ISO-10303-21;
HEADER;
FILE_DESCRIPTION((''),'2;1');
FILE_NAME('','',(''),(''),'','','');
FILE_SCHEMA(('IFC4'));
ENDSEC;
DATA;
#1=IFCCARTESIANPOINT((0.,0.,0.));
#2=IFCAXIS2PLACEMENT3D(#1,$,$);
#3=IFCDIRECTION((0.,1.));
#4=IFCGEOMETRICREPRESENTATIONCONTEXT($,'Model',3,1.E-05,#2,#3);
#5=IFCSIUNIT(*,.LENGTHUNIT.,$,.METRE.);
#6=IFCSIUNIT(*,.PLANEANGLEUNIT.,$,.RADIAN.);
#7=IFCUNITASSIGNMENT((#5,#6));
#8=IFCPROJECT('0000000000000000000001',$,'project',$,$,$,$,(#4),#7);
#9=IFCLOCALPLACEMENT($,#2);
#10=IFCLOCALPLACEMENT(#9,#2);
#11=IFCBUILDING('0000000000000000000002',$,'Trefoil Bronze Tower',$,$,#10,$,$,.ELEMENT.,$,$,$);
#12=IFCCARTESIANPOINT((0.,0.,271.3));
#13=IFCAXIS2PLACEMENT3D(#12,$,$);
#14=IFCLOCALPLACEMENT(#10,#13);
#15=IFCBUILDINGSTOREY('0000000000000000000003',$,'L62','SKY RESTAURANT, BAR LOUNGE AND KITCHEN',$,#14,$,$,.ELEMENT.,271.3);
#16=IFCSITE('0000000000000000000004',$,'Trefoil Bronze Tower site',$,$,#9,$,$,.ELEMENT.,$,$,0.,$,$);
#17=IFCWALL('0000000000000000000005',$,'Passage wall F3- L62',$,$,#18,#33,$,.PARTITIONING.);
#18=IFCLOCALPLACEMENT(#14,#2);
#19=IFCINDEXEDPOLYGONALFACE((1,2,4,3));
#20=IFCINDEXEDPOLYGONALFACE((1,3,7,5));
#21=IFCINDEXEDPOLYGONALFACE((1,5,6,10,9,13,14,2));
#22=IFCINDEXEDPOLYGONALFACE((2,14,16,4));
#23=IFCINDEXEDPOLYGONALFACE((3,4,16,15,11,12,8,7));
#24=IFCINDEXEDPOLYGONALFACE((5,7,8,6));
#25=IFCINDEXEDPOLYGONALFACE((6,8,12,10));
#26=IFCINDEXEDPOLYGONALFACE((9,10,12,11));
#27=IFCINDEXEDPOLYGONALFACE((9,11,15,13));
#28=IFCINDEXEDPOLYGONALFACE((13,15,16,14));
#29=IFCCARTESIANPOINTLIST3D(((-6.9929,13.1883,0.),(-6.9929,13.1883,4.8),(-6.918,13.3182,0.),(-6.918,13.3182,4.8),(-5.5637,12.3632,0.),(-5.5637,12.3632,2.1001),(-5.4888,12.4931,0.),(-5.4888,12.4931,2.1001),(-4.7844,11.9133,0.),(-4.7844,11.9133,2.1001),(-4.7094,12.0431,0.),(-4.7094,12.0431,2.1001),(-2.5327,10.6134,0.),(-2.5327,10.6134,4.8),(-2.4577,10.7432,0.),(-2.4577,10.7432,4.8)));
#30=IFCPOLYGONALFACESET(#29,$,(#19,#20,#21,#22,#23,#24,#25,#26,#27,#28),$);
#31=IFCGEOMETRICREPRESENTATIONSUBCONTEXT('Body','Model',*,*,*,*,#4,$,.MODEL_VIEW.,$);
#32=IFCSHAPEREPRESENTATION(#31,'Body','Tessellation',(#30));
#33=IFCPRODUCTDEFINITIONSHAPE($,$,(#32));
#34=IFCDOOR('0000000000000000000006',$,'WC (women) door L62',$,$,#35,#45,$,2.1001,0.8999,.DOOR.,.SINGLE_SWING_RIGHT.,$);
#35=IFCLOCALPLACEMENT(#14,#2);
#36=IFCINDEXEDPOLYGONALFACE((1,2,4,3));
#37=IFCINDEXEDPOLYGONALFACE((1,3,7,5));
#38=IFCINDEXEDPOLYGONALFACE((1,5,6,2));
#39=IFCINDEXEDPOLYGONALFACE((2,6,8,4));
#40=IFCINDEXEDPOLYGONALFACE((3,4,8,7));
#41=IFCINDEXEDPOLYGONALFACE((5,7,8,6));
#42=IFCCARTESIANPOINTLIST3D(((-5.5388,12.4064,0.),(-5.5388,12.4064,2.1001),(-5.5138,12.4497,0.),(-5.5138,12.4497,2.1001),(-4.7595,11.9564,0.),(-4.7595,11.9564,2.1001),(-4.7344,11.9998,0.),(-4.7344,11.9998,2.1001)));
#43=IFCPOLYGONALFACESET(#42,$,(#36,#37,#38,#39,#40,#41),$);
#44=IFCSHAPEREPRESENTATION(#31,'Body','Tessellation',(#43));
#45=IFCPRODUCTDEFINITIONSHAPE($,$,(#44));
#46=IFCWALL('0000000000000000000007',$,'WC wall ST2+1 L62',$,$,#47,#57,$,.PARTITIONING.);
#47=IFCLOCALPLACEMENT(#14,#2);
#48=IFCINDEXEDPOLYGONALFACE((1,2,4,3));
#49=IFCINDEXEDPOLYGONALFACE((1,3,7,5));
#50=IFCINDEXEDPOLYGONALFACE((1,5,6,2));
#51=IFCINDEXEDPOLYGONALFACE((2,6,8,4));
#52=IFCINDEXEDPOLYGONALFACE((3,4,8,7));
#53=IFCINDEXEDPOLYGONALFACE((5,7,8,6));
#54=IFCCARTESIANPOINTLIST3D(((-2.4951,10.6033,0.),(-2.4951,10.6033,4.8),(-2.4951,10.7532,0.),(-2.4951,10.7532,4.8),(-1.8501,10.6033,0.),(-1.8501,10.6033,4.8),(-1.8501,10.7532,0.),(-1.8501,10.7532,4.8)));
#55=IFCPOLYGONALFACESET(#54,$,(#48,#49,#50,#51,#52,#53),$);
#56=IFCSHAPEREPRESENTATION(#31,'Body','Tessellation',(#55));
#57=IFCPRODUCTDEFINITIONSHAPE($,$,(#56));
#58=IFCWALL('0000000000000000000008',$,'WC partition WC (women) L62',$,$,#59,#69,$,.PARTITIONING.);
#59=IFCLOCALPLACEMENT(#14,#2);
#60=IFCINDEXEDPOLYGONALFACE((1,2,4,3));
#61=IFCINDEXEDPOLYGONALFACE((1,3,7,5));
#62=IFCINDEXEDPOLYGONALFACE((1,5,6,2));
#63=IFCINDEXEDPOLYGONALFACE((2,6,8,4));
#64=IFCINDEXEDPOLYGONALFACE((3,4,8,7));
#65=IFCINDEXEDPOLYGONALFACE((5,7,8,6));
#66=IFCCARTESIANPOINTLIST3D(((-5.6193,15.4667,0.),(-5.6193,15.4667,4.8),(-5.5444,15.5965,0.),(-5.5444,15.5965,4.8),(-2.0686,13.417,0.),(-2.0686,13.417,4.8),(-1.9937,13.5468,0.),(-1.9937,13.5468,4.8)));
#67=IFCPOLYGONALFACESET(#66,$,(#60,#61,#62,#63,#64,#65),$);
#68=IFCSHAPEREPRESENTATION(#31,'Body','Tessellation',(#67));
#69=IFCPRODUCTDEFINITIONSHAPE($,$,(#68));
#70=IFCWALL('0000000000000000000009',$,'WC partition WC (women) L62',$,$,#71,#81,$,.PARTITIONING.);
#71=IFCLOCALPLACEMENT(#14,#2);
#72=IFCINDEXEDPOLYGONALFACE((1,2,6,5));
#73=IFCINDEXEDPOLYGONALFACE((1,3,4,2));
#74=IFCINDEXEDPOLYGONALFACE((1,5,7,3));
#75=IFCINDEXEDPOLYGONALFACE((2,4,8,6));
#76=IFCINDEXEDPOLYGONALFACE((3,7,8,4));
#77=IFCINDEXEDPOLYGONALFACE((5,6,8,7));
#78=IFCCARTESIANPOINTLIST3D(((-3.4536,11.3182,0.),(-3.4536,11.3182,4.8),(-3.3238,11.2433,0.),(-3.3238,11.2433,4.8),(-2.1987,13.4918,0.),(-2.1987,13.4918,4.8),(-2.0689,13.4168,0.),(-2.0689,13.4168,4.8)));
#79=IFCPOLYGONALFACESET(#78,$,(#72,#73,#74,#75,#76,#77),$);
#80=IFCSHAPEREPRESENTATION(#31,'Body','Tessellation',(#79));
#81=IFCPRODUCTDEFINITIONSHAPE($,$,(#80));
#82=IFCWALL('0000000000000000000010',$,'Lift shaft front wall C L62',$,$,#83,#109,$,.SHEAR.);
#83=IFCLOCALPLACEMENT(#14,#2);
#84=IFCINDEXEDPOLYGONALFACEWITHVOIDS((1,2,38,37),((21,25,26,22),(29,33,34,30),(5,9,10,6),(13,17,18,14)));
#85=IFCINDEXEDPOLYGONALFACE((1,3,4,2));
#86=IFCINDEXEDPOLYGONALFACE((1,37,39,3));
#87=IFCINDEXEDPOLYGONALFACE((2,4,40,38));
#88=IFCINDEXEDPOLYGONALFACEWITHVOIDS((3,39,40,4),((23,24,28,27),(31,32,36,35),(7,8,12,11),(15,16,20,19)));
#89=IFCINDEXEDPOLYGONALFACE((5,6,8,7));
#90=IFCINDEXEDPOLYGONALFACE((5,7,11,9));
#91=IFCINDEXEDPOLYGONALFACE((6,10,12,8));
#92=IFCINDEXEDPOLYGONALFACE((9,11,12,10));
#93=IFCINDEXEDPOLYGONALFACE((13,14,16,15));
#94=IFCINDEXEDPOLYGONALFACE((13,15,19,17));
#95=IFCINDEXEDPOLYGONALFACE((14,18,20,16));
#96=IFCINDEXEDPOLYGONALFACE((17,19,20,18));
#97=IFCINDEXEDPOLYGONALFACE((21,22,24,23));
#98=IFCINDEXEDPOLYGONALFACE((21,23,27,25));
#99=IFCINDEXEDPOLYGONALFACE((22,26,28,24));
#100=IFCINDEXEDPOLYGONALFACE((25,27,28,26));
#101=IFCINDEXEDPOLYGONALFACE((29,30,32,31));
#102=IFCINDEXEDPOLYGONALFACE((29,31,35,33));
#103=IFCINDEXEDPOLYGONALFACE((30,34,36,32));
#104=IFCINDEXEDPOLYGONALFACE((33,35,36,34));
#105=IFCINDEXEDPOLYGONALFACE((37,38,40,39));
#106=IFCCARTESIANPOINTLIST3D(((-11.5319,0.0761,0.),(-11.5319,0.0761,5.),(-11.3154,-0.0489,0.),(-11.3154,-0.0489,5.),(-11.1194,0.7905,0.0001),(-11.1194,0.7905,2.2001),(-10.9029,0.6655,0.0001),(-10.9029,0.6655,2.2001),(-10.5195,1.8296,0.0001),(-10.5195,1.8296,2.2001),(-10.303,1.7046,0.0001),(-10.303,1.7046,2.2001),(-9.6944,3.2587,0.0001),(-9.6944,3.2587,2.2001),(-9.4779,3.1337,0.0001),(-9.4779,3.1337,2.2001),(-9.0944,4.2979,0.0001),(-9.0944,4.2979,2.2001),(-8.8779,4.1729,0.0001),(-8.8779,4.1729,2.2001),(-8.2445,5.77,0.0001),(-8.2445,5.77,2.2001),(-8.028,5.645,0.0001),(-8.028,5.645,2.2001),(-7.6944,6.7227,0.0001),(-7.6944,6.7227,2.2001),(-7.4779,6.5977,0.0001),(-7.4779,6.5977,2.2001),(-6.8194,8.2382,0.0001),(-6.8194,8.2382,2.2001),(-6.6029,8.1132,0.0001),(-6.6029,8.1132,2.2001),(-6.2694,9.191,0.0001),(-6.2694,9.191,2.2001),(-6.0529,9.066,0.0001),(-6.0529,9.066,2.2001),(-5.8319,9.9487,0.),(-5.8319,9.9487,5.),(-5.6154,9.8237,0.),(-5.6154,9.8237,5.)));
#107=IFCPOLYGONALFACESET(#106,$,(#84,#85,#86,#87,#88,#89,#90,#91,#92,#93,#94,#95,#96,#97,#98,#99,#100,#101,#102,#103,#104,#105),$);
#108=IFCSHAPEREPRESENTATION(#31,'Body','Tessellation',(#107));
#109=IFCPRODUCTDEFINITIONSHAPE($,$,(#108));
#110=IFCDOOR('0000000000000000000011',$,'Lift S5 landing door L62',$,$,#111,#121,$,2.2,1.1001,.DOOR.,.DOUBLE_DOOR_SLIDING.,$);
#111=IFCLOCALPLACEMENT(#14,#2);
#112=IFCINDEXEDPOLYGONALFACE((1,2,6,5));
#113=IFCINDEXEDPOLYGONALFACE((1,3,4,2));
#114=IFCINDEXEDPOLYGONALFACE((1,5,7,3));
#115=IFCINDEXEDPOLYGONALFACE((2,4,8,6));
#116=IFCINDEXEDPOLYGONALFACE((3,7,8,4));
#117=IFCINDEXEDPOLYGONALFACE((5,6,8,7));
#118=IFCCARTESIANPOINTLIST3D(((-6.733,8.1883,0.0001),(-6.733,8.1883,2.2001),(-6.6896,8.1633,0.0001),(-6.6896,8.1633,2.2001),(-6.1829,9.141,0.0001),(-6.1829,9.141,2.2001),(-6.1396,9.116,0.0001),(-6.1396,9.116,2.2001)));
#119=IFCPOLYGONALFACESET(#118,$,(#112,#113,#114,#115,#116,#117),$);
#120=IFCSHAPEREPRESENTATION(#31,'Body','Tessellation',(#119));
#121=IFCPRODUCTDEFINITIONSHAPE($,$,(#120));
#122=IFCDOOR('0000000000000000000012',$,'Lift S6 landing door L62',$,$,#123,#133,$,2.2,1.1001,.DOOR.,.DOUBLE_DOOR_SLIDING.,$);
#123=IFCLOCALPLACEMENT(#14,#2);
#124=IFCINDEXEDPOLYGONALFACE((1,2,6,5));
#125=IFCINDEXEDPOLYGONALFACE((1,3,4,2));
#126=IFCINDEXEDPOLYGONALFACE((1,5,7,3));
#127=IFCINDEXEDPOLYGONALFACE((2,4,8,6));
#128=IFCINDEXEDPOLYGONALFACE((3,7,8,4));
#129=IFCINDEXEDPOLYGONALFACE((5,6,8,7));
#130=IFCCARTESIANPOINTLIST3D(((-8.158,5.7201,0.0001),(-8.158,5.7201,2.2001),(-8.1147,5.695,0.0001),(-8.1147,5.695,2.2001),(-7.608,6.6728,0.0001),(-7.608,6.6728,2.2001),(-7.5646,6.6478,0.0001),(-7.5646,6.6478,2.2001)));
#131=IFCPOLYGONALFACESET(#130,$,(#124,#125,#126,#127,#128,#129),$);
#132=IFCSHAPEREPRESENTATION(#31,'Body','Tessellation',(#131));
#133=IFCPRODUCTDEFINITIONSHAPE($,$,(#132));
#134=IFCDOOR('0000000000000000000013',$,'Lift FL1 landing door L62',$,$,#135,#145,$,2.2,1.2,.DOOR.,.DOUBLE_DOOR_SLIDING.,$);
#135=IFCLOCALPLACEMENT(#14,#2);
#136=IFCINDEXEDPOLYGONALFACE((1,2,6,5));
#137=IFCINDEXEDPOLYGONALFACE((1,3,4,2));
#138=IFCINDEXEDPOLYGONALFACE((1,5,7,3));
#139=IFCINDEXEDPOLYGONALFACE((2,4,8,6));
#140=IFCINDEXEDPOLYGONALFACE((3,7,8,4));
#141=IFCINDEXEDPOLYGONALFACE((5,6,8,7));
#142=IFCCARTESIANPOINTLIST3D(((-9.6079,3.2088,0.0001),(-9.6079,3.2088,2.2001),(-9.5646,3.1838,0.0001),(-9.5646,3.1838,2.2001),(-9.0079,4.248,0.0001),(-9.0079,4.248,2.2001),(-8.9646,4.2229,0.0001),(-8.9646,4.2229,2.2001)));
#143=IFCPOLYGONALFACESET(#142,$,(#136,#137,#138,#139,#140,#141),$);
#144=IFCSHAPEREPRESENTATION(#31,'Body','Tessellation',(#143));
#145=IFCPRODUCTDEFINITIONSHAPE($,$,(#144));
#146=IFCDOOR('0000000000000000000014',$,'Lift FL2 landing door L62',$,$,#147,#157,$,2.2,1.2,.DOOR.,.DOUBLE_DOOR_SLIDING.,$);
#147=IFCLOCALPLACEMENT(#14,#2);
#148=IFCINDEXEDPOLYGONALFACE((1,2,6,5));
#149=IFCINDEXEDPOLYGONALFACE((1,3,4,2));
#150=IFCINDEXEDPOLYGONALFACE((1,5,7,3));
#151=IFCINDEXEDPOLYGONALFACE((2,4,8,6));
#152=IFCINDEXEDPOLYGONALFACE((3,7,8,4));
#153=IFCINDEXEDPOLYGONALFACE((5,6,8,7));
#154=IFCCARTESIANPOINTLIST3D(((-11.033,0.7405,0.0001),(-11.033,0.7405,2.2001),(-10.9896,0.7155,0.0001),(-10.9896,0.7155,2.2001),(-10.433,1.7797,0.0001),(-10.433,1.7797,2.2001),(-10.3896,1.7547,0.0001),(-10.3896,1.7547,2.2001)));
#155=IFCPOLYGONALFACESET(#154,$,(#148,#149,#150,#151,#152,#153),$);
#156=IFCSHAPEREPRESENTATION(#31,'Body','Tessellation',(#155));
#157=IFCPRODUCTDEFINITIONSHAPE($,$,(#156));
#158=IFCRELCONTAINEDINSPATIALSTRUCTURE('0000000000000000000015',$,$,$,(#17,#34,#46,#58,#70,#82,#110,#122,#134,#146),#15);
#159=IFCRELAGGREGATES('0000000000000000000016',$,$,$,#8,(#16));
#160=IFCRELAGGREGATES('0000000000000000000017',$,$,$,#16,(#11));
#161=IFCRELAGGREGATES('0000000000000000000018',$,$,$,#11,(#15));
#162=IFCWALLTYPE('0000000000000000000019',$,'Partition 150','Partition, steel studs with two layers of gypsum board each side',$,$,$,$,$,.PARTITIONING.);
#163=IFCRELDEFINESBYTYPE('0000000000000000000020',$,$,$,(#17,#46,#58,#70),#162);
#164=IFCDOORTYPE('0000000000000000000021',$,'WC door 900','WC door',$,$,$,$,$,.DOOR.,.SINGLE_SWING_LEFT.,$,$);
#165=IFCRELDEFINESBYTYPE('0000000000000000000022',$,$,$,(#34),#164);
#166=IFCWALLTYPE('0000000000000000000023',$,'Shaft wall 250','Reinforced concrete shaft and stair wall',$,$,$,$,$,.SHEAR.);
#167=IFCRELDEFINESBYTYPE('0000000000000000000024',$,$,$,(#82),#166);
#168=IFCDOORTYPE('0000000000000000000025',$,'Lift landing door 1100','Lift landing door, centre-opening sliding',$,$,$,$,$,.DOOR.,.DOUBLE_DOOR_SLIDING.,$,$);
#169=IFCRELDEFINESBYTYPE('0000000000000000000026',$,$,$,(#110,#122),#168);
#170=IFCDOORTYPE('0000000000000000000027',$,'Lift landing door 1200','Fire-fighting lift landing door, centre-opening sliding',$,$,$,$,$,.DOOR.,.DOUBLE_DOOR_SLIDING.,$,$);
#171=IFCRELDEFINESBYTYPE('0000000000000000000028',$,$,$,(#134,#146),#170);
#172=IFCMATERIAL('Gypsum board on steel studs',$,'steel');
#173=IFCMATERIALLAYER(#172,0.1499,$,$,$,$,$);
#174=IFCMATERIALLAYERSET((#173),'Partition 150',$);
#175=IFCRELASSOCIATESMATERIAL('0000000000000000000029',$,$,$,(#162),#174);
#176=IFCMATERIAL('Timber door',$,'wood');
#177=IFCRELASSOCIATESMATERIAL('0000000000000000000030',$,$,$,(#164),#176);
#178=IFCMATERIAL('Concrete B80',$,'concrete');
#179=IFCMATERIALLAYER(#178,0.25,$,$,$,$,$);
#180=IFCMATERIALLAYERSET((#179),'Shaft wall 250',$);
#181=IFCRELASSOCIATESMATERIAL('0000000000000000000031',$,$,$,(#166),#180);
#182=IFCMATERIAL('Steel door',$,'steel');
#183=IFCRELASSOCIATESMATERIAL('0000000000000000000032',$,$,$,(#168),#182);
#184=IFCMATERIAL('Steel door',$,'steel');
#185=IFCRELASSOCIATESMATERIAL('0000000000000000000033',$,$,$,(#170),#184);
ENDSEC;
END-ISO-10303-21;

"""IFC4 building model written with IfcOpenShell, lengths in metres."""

from ifc_helpers import new_model, si_unit, direction, frame, frame_2d, origin, place, context, subcontext, project, spatial, rectangle, extrude, material, layer, layer_set, type_object, element, fill, save


model = new_model("IFC4")

# Units and contexts
model_context = context("Model", 3, precision=1e-05, world=origin(), true_north=direction((0.0, 1.0)))
body_context = subcontext(model_context, "Body", "Model", "MODEL_VIEW")
ifc_project = project(units=[si_unit("LENGTHUNIT", "METRE"), si_unit("PLANEANGLEUNIT", "RADIAN")], contexts=[model_context])

# Site, building, storey
site_placement = place(None, origin())
site = spatial("IfcSite", under=ifc_project, at=site_placement, Name="Trefoil Bronze Tower site", CompositionType="ELEMENT", RefElevation=0.0)
building_placement = place(site_placement, origin())
building = spatial("IfcBuilding", under=site, at=building_placement, Name="Trefoil Bronze Tower", CompositionType="ELEMENT")
storey_placement = place(building_placement, frame((0.0, 0.0, 271.3)))
storey = spatial("IfcBuildingStorey", under=building, at=storey_placement, Name="L62", Description="SKY RESTAURANT, BAR LOUNGE AND KITCHEN", CompositionType="ELEMENT", Elevation=271.3)

# Wall, opening, door
ifc_material_1 = material(Name="Gypsum board on steel studs", Category="steel")
ifc_layer_1 = layer(ifc_material_1, 0.1499)
ifc_layer_set_1 = layer_set([ifc_layer_1], Name="Partition 150")
wall_type_1 = type_object("IfcWallType", Name="Partition 150", Description="Partition, steel studs with two layers of gypsum board each side", PredefinedType="PARTITIONING", material=ifc_layer_set_1)
wall_1_placement = place(storey_placement, frame((-2.4951, 10.6782, 0.0), z_axis=(0.0, 0.0, 1.0), x_axis=(-0.866038, 0.499978, 0.0)))
wall_1 = element("IfcWall", 1, at=wall_1_placement, inside=storey, type_object=wall_type_1, Name="Passage wall F3- L62", PredefinedType="PARTITIONING", context=body_context, shape_type="SweptSolid", body=[
    extrude(rectangle(XDim=5.1501, YDim=0.1499, at=frame_2d((2.5752, 0.0))), origin(), (0.0, 0.0, 1.0), 4.8),
])
opening_1_placement = place(wall_1_placement, frame((2.6001, 0.0, 0.0)))
opening_1 = element("IfcOpeningElement", 2, at=opening_1_placement, cuts=wall_1, PredefinedType="OPENING", context=body_context, shape_type="SweptSolid", body=[
    extrude(rectangle(XDim=0.8999, YDim=2.1001, at=frame_2d((0.45, 1.05))), frame((0.0, 0.085, 0.0), z_axis=(0.0, -1.0, 0.0), x_axis=(1.0, 0.0, 0.0)), (0.0, 0.0, 1.0), 0.1699),
])
ifc_material_2 = material(Name="Timber door", Category="wood")
door_type_1 = type_object("IfcDoorType", Name="WC door 900", Description="WC door", OperationType="SINGLE_SWING_LEFT", PredefinedType="DOOR", material=ifc_material_2)
door_1_placement = place(opening_1_placement, frame((0.8999, 0.0, 0.0), z_axis=(0.0, 0.0, 1.0), x_axis=(-1.0, 0.0, 0.0)))
door_1 = element("IfcDoor", 3, at=door_1_placement, inside=storey, type_object=door_type_1, Name="WC (women) door L62", OperationType="SINGLE_SWING_RIGHT", OverallHeight=2.1001, OverallWidth=0.8999, PredefinedType="DOOR", context=body_context, shape_type="SweptSolid", body=[
    extrude(rectangle(XDim=0.8999, YDim=2.1001, at=frame_2d((0.45, 1.05))), frame((0.0, 0.0249, 0.0), z_axis=(0.0, -1.0, 0.0), x_axis=(1.0, 0.0, 0.0)), (0.0, 0.0, 1.0), 0.05),
])
fill(opening_1, door_1)

# Walls
wall_2_placement = place(storey_placement, frame((-2.4951, 10.6782, 0.0), z_axis=(0.0, 0.0, 1.0), x_axis=(1.0, 0.0, 0.0)))
element("IfcWall", 4, at=wall_2_placement, inside=storey, type_object=wall_type_1, Name="WC wall ST2+1 L62", PredefinedType="PARTITIONING", context=body_context, shape_type="SweptSolid", body=[
    extrude(rectangle(XDim=0.645, YDim=0.1499, at=frame_2d((0.3225, 0.0))), origin(), (0.0, 0.0, 1.0), 4.8),
])
wall_3_placement = place(storey_placement, frame((-2.0312, 13.4819, 0.0), z_axis=(0.0, 0.0, 1.0), x_axis=(-0.866051, 0.499956, 0.0)))
element("IfcWall", 5, at=wall_3_placement, inside=storey, type_object=wall_type_1, Name="WC partition WC (women) L62", PredefinedType="PARTITIONING", context=body_context, shape_type="SweptSolid", body=[
    extrude(rectangle(XDim=4.0999, YDim=0.1499, at=frame_2d((2.0498, 0.0))), origin(), (0.0, 0.0, 1.0), 4.8),
])
wall_4_placement = place(storey_placement, frame((-3.3887, 11.2808, 0.0), z_axis=(0.0, 0.0, 1.0), x_axis=(0.499989, 0.866032, 0.0)))
element("IfcWall", 6, at=wall_4_placement, inside=storey, type_object=wall_type_1, Name="WC partition WC (women) L62", PredefinedType="PARTITIONING", context=body_context, shape_type="SweptSolid", body=[
    extrude(rectangle(XDim=2.5098, YDim=0.1499, at=frame_2d((1.2549, 0.0))), origin(), (0.0, 0.0, 1.0), 4.8),
])

# Wall, openings, doors
ifc_material_3 = material(Name="Concrete B80", Category="concrete")
ifc_layer_2 = layer(ifc_material_3, 0.25)
ifc_layer_set_2 = layer_set([ifc_layer_2], Name="Shaft wall 250")
wall_type_2 = type_object("IfcWallType", Name="Shaft wall 250", Description="Reinforced concrete shaft and stair wall", PredefinedType="SHEAR", material=ifc_layer_set_2)
wall_5_placement = place(storey_placement, frame((-5.7236, 9.8862, 0.0), z_axis=(0.0, 0.0, 1.0), x_axis=(-0.500002, -0.866024, 0.0)))
wall_5 = element("IfcWall", 7, at=wall_5_placement, inside=storey, type_object=wall_type_2, Name="Lift shaft front wall C L62", PredefinedType="SHEAR", context=body_context, shape_type="SweptSolid", body=[
    extrude(rectangle(XDim=11.3999, YDim=0.25, at=frame_2d((5.7, 0.0))), origin(), (0.0, 0.0, 1.0), 5.0),
])
opening_2_placement = place(wall_5_placement, frame((0.875, 0.0, 0.0)))
opening_2 = element("IfcOpeningElement", 8, at=opening_2_placement, cuts=wall_5, PredefinedType="OPENING", context=body_context, shape_type="SweptSolid", body=[
    extrude(rectangle(XDim=1.1001, YDim=2.2, at=frame_2d((0.55, 1.1001))), frame((0.0, 0.135, 0.0), z_axis=(0.0, -1.0, 0.0), x_axis=(1.0, 0.0, 0.0)), (0.0, 0.0, 1.0), 0.27),
])
opening_3_placement = place(wall_5_placement, frame((3.7251, 0.0, 0.0)))
opening_3 = element("IfcOpeningElement", 9, at=opening_3_placement, cuts=wall_5, PredefinedType="OPENING", context=body_context, shape_type="SweptSolid", body=[
    extrude(rectangle(XDim=1.1001, YDim=2.2, at=frame_2d((0.55, 1.1001))), frame((0.0, 0.135, 0.0), z_axis=(0.0, -1.0, 0.0), x_axis=(1.0, 0.0, 0.0)), (0.0, 0.0, 1.0), 0.27),
])
opening_4_placement = place(wall_5_placement, frame((6.5249, 0.0, 0.0)))
opening_4 = element("IfcOpeningElement", 10, at=opening_4_placement, cuts=wall_5, PredefinedType="OPENING", context=body_context, shape_type="SweptSolid", body=[
    extrude(rectangle(XDim=1.2, YDim=2.2, at=frame_2d((0.6001, 1.1001))), frame((0.0, 0.135, 0.0), z_axis=(0.0, -1.0, 0.0), x_axis=(1.0, 0.0, 0.0)), (0.0, 0.0, 1.0), 0.27),
])
opening_5_placement = place(wall_5_placement, frame((9.375, 0.0, 0.0)))
opening_5 = element("IfcOpeningElement", 11, at=opening_5_placement, cuts=wall_5, PredefinedType="OPENING", context=body_context, shape_type="SweptSolid", body=[
    extrude(rectangle(XDim=1.2, YDim=2.2, at=frame_2d((0.6001, 1.1001))), frame((0.0, 0.135, 0.0), z_axis=(0.0, -1.0, 0.0), x_axis=(1.0, 0.0, 0.0)), (0.0, 0.0, 1.0), 0.27),
])
ifc_material_4 = material(Name="Steel door", Category="steel")
door_type_2 = type_object("IfcDoorType", Name="Lift landing door 1100", Description="Lift landing door, centre-opening sliding", OperationType="DOUBLE_DOOR_SLIDING", PredefinedType="DOOR", material=ifc_material_4)
door_2_placement = place(opening_2_placement, origin())
door_2 = element("IfcDoor", 12, at=door_2_placement, inside=storey, type_object=door_type_2, Name="Lift S5 landing door L62", OperationType="DOUBLE_DOOR_SLIDING", OverallHeight=2.2, OverallWidth=1.1001, PredefinedType="DOOR", context=body_context, shape_type="SweptSolid", body=[
    extrude(rectangle(XDim=1.1001, YDim=2.2, at=frame_2d((0.55, 1.1001))), frame((0.0, 0.0249, 0.0), z_axis=(0.0, -1.0, 0.0), x_axis=(1.0, 0.0, 0.0)), (0.0, 0.0, 1.0), 0.05),
])
fill(opening_2, door_2)
door_3_placement = place(opening_3_placement, origin())
door_3 = element("IfcDoor", 13, at=door_3_placement, inside=storey, type_object=door_type_2, Name="Lift S6 landing door L62", OperationType="DOUBLE_DOOR_SLIDING", OverallHeight=2.2, OverallWidth=1.1001, PredefinedType="DOOR", context=body_context, shape_type="SweptSolid", body=[
    extrude(rectangle(XDim=1.1001, YDim=2.2, at=frame_2d((0.55, 1.1001))), frame((0.0, 0.0249, 0.0), z_axis=(0.0, -1.0, 0.0), x_axis=(1.0, 0.0, 0.0)), (0.0, 0.0, 1.0), 0.05),
])
fill(opening_3, door_3)
ifc_material_5 = material(Name="Steel door", Category="steel")
door_type_3 = type_object("IfcDoorType", Name="Lift landing door 1200", Description="Fire-fighting lift landing door, centre-opening sliding", OperationType="DOUBLE_DOOR_SLIDING", PredefinedType="DOOR", material=ifc_material_5)
door_4_placement = place(opening_4_placement, origin())
door_4 = element("IfcDoor", 14, at=door_4_placement, inside=storey, type_object=door_type_3, Name="Lift FL1 landing door L62", OperationType="DOUBLE_DOOR_SLIDING", OverallHeight=2.2, OverallWidth=1.2, PredefinedType="DOOR", context=body_context, shape_type="SweptSolid", body=[
    extrude(rectangle(XDim=1.2, YDim=2.2, at=frame_2d((0.6001, 1.1001))), frame((0.0, 0.0249, 0.0), z_axis=(0.0, -1.0, 0.0), x_axis=(1.0, 0.0, 0.0)), (0.0, 0.0, 1.0), 0.05),
])
fill(opening_4, door_4)
door_5_placement = place(opening_5_placement, origin())
door_5 = element("IfcDoor", 15, at=door_5_placement, inside=storey, type_object=door_type_3, Name="Lift FL2 landing door L62", OperationType="DOUBLE_DOOR_SLIDING", OverallHeight=2.2, OverallWidth=1.2, PredefinedType="DOOR", context=body_context, shape_type="SweptSolid", body=[
    extrude(rectangle(XDim=1.2, YDim=2.2, at=frame_2d((0.6001, 1.1001))), frame((0.0, 0.0249, 0.0), z_axis=(0.0, -1.0, 0.0), x_axis=(1.0, 0.0, 0.0)), (0.0, 0.0, 1.0), 0.05),
])
fill(opening_5, door_5)

save(model, "model.ifc")
